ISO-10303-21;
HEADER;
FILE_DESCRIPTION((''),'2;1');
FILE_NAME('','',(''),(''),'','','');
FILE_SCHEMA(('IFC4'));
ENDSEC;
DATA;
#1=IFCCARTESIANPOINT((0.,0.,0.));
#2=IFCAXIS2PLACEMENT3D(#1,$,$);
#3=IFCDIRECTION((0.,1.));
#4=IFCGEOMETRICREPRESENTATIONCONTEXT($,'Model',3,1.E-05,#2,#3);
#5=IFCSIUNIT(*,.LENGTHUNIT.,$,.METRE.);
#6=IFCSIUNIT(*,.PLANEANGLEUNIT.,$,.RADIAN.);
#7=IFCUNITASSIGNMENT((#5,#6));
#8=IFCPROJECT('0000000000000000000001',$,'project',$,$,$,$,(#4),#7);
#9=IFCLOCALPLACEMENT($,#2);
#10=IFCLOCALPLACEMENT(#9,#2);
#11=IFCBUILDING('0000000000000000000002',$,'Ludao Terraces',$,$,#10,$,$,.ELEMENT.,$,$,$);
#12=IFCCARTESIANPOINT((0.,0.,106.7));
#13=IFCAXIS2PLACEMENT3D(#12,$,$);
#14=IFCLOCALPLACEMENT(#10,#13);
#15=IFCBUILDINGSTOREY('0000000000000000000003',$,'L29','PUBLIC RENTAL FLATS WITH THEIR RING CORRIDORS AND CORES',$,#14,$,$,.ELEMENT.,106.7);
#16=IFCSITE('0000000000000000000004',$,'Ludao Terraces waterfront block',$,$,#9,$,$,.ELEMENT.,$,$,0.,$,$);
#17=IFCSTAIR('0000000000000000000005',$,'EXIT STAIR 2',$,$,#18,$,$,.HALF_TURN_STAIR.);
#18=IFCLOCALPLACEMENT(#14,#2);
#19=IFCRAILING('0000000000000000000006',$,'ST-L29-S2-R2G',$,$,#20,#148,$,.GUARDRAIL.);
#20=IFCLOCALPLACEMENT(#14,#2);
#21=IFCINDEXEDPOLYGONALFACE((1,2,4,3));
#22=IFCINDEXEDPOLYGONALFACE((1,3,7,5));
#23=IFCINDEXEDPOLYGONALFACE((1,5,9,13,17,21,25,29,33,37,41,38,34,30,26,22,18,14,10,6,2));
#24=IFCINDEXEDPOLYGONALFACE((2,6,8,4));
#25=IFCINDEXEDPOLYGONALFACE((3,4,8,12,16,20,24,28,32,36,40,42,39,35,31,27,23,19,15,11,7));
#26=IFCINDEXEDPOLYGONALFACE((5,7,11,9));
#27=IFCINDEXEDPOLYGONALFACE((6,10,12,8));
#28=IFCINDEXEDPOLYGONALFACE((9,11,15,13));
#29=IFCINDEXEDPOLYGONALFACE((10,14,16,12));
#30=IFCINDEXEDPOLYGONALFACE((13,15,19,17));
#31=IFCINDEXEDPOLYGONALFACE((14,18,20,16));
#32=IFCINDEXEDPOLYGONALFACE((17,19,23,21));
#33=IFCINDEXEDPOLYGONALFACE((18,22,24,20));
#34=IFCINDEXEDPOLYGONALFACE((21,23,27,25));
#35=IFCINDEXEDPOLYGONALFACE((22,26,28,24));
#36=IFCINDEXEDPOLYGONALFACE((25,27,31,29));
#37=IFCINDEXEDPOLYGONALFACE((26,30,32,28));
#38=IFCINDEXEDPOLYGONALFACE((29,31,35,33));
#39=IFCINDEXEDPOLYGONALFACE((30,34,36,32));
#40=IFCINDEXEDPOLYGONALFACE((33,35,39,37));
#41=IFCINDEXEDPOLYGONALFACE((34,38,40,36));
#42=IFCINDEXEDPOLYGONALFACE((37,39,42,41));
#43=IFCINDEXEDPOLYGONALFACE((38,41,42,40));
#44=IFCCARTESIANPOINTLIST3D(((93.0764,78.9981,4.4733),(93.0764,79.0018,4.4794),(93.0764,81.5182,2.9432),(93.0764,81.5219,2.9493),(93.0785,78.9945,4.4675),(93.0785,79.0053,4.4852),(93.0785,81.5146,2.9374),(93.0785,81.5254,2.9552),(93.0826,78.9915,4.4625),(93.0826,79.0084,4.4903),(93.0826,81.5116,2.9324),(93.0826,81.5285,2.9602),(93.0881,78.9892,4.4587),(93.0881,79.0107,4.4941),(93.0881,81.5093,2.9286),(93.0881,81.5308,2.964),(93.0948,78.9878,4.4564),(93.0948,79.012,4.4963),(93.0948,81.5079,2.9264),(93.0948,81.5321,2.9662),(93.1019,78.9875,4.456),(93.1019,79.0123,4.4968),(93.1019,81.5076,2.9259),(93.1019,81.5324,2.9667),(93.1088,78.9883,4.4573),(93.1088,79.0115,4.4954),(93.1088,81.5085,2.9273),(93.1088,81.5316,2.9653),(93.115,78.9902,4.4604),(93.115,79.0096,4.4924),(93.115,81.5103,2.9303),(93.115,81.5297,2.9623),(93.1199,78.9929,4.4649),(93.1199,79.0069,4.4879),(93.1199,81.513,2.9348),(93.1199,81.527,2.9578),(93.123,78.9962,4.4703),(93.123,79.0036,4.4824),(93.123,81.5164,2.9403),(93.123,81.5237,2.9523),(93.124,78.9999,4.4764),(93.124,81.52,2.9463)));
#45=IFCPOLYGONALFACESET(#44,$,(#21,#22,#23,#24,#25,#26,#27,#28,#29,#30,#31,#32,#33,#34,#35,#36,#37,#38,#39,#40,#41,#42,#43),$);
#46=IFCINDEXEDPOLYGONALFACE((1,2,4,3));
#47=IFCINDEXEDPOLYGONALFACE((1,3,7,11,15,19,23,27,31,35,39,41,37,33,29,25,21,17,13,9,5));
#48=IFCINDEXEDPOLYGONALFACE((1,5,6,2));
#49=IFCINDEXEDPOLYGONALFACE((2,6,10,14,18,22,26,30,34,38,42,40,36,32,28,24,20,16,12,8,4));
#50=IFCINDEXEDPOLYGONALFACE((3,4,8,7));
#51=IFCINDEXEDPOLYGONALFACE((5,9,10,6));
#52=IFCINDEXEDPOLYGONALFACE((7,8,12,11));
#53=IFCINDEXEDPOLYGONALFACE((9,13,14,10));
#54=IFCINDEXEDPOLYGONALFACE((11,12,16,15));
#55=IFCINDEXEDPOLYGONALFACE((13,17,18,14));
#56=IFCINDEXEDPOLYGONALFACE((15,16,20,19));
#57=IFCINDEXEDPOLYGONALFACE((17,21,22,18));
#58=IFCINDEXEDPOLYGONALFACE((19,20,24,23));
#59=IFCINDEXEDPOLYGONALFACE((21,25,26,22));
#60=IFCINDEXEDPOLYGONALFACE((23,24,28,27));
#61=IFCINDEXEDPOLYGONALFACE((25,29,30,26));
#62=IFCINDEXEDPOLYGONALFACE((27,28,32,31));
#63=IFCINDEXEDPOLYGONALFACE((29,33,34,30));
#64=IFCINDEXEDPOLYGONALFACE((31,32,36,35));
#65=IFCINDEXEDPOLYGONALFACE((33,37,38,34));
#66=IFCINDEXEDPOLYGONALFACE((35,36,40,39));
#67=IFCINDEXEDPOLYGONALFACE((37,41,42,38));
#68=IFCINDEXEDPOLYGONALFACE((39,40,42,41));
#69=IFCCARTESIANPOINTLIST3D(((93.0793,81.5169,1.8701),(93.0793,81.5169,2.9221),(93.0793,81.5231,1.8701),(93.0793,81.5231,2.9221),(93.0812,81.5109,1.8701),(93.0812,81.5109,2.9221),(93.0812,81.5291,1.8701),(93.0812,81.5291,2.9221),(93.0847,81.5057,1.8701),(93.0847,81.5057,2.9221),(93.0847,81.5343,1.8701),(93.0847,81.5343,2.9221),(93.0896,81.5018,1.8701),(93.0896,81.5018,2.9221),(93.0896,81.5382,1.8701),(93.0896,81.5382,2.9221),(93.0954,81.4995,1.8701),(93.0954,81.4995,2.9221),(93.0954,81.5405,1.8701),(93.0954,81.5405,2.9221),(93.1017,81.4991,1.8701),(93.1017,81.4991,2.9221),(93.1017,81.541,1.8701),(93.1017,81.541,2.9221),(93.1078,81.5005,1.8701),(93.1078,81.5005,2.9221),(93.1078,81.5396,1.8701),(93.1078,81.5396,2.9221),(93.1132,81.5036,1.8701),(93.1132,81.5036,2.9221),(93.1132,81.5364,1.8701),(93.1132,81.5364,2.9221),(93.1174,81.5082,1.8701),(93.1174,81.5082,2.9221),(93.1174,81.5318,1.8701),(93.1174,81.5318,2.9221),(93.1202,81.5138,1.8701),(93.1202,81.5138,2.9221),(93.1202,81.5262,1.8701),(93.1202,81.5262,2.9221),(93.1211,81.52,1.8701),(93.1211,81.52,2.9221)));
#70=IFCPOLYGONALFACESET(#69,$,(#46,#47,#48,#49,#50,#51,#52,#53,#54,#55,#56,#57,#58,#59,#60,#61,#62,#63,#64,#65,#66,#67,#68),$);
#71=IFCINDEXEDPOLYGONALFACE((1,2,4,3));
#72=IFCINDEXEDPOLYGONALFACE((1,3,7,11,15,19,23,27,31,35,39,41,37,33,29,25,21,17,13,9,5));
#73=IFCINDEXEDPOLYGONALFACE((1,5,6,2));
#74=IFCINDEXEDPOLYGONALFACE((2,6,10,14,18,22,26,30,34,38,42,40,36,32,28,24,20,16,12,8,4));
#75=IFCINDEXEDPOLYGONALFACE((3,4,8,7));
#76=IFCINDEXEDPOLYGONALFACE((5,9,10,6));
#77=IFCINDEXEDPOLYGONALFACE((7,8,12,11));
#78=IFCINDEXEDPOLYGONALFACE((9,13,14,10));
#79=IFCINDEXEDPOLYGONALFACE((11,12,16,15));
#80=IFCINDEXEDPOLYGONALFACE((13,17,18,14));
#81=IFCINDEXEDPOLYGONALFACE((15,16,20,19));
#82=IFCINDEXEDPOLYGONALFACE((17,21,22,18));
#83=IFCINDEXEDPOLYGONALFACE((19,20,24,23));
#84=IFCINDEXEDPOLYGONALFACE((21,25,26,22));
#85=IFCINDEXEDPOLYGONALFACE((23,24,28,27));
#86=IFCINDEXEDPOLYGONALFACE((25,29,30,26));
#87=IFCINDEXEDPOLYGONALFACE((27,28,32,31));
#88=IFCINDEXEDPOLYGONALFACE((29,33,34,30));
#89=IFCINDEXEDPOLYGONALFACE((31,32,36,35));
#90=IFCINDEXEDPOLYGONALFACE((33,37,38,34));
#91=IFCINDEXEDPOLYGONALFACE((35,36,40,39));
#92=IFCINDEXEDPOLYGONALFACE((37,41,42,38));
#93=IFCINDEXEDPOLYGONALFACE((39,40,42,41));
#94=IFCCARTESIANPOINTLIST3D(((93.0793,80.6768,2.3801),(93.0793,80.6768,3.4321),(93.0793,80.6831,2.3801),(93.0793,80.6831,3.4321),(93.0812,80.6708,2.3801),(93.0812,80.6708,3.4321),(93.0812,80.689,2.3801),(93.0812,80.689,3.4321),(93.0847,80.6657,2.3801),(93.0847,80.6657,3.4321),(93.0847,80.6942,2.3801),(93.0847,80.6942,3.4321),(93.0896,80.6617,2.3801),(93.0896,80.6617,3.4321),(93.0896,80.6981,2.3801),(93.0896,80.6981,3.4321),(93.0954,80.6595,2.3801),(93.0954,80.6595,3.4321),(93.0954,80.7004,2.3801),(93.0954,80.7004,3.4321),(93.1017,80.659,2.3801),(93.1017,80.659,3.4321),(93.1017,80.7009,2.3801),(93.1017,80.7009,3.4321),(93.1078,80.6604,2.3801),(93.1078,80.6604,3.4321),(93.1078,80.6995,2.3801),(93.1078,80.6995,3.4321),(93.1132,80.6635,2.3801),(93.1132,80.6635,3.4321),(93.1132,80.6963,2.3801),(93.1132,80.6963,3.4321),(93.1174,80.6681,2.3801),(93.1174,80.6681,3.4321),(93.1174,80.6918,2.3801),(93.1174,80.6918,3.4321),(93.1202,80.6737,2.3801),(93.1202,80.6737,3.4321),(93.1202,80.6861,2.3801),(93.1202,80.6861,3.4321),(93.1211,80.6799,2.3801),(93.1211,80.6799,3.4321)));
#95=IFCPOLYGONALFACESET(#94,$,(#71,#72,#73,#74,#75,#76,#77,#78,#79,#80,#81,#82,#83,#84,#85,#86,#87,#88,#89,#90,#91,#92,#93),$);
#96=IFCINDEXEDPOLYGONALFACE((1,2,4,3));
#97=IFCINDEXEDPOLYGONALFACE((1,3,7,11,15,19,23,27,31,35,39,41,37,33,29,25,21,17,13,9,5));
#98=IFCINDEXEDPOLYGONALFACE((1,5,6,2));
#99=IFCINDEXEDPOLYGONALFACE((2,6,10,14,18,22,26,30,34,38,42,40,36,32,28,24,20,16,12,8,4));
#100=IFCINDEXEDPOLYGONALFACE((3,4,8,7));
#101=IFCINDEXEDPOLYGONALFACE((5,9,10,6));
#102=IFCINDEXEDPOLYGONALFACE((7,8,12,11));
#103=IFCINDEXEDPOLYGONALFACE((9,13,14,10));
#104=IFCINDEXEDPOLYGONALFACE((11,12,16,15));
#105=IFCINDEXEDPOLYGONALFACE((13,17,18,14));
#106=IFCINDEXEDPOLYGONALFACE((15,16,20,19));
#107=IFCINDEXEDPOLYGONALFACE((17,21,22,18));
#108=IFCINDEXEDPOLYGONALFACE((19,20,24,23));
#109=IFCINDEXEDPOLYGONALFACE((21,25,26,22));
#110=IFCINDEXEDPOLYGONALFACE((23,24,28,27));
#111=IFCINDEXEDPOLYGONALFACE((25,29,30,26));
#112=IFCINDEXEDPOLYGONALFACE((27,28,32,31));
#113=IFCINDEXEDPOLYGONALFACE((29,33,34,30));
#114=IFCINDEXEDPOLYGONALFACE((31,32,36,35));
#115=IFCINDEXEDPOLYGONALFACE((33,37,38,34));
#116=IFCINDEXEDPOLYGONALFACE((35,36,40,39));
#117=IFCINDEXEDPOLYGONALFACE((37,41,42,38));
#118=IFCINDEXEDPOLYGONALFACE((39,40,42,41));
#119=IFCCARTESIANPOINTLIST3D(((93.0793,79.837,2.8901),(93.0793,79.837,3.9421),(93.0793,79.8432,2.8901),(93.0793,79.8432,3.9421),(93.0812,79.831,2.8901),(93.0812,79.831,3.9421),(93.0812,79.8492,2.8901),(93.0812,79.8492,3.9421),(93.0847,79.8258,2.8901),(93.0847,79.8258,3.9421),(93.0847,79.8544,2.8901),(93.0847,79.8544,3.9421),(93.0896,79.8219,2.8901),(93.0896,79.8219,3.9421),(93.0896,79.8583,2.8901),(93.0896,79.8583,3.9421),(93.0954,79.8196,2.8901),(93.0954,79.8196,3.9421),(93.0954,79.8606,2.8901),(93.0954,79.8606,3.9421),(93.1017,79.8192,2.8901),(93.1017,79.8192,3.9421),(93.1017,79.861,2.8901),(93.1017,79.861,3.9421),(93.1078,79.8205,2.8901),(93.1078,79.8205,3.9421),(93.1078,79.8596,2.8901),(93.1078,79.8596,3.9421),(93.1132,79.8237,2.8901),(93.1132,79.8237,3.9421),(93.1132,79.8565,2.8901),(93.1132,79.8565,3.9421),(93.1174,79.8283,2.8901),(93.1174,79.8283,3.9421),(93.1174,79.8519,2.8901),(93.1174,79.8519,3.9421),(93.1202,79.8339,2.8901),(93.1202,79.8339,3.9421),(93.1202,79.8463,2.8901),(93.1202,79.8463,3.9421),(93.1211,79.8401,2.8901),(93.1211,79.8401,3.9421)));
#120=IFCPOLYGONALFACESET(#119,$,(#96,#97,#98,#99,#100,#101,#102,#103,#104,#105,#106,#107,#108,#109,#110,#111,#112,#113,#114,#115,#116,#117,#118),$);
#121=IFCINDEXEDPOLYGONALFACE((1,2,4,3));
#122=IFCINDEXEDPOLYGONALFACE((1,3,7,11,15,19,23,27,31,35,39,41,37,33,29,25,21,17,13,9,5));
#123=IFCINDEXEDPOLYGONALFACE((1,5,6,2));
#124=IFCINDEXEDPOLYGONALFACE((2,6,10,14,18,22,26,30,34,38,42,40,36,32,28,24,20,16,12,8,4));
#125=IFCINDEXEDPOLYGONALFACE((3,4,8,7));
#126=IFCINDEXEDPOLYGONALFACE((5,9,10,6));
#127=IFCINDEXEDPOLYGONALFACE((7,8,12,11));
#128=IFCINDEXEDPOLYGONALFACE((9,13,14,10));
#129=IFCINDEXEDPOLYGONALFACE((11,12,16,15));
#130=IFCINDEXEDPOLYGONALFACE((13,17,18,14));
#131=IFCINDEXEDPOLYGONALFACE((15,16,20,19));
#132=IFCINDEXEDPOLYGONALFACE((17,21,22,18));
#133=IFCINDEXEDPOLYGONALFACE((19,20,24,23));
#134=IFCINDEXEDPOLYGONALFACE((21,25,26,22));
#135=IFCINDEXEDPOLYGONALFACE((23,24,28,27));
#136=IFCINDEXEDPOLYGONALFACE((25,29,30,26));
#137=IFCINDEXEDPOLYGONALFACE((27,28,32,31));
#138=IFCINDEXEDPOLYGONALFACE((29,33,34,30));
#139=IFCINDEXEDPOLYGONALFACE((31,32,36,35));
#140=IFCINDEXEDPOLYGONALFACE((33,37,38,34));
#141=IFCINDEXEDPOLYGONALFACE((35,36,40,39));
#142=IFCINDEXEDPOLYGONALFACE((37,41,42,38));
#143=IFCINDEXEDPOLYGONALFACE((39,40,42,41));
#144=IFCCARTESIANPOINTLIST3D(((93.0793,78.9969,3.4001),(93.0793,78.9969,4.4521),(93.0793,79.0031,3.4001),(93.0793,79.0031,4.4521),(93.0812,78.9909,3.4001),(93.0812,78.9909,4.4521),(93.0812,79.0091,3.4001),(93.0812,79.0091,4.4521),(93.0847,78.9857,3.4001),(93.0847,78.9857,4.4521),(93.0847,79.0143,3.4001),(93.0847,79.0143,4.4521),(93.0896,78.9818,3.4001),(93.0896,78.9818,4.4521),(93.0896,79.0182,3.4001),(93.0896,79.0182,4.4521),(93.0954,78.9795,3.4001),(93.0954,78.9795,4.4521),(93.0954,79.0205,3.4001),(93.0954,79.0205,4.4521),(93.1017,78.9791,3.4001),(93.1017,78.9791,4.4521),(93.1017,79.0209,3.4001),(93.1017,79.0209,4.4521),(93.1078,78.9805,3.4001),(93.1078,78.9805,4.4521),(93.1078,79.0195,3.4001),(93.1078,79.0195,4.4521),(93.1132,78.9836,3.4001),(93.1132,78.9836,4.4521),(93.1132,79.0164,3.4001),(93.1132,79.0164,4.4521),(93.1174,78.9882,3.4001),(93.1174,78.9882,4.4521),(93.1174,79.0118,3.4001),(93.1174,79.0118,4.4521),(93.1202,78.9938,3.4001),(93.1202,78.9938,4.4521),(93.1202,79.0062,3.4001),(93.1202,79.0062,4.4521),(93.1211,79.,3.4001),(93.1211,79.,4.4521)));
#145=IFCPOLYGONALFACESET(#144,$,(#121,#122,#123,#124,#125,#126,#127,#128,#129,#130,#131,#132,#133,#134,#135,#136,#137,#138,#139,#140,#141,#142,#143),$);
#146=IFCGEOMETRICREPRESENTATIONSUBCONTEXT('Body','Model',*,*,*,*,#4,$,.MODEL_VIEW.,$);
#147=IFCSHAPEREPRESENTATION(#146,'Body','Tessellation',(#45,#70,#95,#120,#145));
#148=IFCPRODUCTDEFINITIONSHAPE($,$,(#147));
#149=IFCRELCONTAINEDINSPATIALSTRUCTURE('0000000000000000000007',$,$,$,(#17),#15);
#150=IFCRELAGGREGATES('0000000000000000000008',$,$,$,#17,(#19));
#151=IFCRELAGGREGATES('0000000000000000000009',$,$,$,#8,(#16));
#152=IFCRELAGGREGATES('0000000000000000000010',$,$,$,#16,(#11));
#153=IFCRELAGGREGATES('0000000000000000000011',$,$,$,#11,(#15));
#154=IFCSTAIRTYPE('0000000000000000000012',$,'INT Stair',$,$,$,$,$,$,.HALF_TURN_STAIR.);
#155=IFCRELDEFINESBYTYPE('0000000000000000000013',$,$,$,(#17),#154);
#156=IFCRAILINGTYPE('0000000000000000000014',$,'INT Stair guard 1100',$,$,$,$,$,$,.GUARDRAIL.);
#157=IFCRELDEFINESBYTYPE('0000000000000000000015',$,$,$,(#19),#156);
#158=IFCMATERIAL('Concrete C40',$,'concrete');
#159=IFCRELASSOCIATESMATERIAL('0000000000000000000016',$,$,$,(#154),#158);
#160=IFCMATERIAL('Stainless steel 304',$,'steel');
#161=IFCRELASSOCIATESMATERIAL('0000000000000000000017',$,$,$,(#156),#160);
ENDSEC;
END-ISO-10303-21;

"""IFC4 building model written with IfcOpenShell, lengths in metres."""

from ifc_helpers import new_model, si_unit, direction, frame, origin, origin_2d, place, context, subcontext, project, spatial, circle, extrude, material, type_object, element, aggregate, save


model = new_model("IFC4")

# Units and contexts
model_context = context("Model", 3, precision=1e-05, world=origin(), true_north=direction((0.0, 1.0)))
body_context = subcontext(model_context, "Body", "Model", "MODEL_VIEW")
ifc_project = project(units=[si_unit("LENGTHUNIT", "METRE"), si_unit("PLANEANGLEUNIT", "RADIAN")], contexts=[model_context])

# Site, building, storey
site_placement = place(None, origin())
site = spatial("IfcSite", under=ifc_project, at=site_placement, Name="Ludao Terraces waterfront block", CompositionType="ELEMENT", RefElevation=0.0)
building_placement = place(site_placement, origin())
building = spatial("IfcBuilding", under=site, at=building_placement, Name="Ludao Terraces", CompositionType="ELEMENT")
storey_placement = place(building_placement, frame((0.0, 0.0, 106.7)))
storey = spatial("IfcBuildingStorey", under=building, at=storey_placement, Name="L29", Description="PUBLIC RENTAL FLATS WITH THEIR RING CORRIDORS AND CORES", CompositionType="ELEMENT", Elevation=106.7)

# Shared definitions
ifc_material_1 = material(Name="Stainless steel 304", Category="steel")

# Stair, railing
ifc_material_2 = material(Name="Concrete C40", Category="concrete")
stair_type = type_object("IfcStairType", Name="INT Stair", PredefinedType="HALF_TURN_STAIR", material=ifc_material_2)
stair_placement = place(storey_placement, origin())
stair = element("IfcStair", 1, at=stair_placement, inside=storey, type_object=stair_type, Name="EXIT STAIR 2", PredefinedType="HALF_TURN_STAIR")
railing_type = type_object("IfcRailingType", Name="INT Stair guard 1100", PredefinedType="GUARDRAIL", material=ifc_material_1)
railing_1_placement = place(storey_placement, frame((93.1001, 81.52, 1.8701)))
railing_1 = element("IfcRailing", 2, at=railing_1_placement, type_object=railing_type, Name="ST-L29-S2-R2G", PredefinedType="GUARDRAIL", context=body_context, shape_type="SweptSolid", body=[
    extrude(circle(Radius=0.0239, at=origin_2d()), frame((0.0, 0.0, 1.0762), z_axis=(0.0, -0.854785, 0.518982), x_axis=(1.0, 0.0, 0.0)), (0.0, 0.0, 1.0), 2.9482),
    extrude(circle(Radius=0.021, at=origin_2d()), origin(), (0.0, 0.0, 1.0), 1.052),
    extrude(circle(Radius=0.021, at=origin_2d()), frame((0.0, -0.8401, 0.51)), (0.0, 0.0, 1.0), 1.052),
    extrude(circle(Radius=0.021, at=origin_2d()), frame((0.0, -1.6799, 1.02)), (0.0, 0.0, 1.0), 1.052),
    extrude(circle(Radius=0.021, at=origin_2d()), frame((0.0, -2.52, 1.53)), (0.0, 0.0, 1.0), 1.052),
])
aggregate(stair, [railing_1])

save(model, "model.ifc")
